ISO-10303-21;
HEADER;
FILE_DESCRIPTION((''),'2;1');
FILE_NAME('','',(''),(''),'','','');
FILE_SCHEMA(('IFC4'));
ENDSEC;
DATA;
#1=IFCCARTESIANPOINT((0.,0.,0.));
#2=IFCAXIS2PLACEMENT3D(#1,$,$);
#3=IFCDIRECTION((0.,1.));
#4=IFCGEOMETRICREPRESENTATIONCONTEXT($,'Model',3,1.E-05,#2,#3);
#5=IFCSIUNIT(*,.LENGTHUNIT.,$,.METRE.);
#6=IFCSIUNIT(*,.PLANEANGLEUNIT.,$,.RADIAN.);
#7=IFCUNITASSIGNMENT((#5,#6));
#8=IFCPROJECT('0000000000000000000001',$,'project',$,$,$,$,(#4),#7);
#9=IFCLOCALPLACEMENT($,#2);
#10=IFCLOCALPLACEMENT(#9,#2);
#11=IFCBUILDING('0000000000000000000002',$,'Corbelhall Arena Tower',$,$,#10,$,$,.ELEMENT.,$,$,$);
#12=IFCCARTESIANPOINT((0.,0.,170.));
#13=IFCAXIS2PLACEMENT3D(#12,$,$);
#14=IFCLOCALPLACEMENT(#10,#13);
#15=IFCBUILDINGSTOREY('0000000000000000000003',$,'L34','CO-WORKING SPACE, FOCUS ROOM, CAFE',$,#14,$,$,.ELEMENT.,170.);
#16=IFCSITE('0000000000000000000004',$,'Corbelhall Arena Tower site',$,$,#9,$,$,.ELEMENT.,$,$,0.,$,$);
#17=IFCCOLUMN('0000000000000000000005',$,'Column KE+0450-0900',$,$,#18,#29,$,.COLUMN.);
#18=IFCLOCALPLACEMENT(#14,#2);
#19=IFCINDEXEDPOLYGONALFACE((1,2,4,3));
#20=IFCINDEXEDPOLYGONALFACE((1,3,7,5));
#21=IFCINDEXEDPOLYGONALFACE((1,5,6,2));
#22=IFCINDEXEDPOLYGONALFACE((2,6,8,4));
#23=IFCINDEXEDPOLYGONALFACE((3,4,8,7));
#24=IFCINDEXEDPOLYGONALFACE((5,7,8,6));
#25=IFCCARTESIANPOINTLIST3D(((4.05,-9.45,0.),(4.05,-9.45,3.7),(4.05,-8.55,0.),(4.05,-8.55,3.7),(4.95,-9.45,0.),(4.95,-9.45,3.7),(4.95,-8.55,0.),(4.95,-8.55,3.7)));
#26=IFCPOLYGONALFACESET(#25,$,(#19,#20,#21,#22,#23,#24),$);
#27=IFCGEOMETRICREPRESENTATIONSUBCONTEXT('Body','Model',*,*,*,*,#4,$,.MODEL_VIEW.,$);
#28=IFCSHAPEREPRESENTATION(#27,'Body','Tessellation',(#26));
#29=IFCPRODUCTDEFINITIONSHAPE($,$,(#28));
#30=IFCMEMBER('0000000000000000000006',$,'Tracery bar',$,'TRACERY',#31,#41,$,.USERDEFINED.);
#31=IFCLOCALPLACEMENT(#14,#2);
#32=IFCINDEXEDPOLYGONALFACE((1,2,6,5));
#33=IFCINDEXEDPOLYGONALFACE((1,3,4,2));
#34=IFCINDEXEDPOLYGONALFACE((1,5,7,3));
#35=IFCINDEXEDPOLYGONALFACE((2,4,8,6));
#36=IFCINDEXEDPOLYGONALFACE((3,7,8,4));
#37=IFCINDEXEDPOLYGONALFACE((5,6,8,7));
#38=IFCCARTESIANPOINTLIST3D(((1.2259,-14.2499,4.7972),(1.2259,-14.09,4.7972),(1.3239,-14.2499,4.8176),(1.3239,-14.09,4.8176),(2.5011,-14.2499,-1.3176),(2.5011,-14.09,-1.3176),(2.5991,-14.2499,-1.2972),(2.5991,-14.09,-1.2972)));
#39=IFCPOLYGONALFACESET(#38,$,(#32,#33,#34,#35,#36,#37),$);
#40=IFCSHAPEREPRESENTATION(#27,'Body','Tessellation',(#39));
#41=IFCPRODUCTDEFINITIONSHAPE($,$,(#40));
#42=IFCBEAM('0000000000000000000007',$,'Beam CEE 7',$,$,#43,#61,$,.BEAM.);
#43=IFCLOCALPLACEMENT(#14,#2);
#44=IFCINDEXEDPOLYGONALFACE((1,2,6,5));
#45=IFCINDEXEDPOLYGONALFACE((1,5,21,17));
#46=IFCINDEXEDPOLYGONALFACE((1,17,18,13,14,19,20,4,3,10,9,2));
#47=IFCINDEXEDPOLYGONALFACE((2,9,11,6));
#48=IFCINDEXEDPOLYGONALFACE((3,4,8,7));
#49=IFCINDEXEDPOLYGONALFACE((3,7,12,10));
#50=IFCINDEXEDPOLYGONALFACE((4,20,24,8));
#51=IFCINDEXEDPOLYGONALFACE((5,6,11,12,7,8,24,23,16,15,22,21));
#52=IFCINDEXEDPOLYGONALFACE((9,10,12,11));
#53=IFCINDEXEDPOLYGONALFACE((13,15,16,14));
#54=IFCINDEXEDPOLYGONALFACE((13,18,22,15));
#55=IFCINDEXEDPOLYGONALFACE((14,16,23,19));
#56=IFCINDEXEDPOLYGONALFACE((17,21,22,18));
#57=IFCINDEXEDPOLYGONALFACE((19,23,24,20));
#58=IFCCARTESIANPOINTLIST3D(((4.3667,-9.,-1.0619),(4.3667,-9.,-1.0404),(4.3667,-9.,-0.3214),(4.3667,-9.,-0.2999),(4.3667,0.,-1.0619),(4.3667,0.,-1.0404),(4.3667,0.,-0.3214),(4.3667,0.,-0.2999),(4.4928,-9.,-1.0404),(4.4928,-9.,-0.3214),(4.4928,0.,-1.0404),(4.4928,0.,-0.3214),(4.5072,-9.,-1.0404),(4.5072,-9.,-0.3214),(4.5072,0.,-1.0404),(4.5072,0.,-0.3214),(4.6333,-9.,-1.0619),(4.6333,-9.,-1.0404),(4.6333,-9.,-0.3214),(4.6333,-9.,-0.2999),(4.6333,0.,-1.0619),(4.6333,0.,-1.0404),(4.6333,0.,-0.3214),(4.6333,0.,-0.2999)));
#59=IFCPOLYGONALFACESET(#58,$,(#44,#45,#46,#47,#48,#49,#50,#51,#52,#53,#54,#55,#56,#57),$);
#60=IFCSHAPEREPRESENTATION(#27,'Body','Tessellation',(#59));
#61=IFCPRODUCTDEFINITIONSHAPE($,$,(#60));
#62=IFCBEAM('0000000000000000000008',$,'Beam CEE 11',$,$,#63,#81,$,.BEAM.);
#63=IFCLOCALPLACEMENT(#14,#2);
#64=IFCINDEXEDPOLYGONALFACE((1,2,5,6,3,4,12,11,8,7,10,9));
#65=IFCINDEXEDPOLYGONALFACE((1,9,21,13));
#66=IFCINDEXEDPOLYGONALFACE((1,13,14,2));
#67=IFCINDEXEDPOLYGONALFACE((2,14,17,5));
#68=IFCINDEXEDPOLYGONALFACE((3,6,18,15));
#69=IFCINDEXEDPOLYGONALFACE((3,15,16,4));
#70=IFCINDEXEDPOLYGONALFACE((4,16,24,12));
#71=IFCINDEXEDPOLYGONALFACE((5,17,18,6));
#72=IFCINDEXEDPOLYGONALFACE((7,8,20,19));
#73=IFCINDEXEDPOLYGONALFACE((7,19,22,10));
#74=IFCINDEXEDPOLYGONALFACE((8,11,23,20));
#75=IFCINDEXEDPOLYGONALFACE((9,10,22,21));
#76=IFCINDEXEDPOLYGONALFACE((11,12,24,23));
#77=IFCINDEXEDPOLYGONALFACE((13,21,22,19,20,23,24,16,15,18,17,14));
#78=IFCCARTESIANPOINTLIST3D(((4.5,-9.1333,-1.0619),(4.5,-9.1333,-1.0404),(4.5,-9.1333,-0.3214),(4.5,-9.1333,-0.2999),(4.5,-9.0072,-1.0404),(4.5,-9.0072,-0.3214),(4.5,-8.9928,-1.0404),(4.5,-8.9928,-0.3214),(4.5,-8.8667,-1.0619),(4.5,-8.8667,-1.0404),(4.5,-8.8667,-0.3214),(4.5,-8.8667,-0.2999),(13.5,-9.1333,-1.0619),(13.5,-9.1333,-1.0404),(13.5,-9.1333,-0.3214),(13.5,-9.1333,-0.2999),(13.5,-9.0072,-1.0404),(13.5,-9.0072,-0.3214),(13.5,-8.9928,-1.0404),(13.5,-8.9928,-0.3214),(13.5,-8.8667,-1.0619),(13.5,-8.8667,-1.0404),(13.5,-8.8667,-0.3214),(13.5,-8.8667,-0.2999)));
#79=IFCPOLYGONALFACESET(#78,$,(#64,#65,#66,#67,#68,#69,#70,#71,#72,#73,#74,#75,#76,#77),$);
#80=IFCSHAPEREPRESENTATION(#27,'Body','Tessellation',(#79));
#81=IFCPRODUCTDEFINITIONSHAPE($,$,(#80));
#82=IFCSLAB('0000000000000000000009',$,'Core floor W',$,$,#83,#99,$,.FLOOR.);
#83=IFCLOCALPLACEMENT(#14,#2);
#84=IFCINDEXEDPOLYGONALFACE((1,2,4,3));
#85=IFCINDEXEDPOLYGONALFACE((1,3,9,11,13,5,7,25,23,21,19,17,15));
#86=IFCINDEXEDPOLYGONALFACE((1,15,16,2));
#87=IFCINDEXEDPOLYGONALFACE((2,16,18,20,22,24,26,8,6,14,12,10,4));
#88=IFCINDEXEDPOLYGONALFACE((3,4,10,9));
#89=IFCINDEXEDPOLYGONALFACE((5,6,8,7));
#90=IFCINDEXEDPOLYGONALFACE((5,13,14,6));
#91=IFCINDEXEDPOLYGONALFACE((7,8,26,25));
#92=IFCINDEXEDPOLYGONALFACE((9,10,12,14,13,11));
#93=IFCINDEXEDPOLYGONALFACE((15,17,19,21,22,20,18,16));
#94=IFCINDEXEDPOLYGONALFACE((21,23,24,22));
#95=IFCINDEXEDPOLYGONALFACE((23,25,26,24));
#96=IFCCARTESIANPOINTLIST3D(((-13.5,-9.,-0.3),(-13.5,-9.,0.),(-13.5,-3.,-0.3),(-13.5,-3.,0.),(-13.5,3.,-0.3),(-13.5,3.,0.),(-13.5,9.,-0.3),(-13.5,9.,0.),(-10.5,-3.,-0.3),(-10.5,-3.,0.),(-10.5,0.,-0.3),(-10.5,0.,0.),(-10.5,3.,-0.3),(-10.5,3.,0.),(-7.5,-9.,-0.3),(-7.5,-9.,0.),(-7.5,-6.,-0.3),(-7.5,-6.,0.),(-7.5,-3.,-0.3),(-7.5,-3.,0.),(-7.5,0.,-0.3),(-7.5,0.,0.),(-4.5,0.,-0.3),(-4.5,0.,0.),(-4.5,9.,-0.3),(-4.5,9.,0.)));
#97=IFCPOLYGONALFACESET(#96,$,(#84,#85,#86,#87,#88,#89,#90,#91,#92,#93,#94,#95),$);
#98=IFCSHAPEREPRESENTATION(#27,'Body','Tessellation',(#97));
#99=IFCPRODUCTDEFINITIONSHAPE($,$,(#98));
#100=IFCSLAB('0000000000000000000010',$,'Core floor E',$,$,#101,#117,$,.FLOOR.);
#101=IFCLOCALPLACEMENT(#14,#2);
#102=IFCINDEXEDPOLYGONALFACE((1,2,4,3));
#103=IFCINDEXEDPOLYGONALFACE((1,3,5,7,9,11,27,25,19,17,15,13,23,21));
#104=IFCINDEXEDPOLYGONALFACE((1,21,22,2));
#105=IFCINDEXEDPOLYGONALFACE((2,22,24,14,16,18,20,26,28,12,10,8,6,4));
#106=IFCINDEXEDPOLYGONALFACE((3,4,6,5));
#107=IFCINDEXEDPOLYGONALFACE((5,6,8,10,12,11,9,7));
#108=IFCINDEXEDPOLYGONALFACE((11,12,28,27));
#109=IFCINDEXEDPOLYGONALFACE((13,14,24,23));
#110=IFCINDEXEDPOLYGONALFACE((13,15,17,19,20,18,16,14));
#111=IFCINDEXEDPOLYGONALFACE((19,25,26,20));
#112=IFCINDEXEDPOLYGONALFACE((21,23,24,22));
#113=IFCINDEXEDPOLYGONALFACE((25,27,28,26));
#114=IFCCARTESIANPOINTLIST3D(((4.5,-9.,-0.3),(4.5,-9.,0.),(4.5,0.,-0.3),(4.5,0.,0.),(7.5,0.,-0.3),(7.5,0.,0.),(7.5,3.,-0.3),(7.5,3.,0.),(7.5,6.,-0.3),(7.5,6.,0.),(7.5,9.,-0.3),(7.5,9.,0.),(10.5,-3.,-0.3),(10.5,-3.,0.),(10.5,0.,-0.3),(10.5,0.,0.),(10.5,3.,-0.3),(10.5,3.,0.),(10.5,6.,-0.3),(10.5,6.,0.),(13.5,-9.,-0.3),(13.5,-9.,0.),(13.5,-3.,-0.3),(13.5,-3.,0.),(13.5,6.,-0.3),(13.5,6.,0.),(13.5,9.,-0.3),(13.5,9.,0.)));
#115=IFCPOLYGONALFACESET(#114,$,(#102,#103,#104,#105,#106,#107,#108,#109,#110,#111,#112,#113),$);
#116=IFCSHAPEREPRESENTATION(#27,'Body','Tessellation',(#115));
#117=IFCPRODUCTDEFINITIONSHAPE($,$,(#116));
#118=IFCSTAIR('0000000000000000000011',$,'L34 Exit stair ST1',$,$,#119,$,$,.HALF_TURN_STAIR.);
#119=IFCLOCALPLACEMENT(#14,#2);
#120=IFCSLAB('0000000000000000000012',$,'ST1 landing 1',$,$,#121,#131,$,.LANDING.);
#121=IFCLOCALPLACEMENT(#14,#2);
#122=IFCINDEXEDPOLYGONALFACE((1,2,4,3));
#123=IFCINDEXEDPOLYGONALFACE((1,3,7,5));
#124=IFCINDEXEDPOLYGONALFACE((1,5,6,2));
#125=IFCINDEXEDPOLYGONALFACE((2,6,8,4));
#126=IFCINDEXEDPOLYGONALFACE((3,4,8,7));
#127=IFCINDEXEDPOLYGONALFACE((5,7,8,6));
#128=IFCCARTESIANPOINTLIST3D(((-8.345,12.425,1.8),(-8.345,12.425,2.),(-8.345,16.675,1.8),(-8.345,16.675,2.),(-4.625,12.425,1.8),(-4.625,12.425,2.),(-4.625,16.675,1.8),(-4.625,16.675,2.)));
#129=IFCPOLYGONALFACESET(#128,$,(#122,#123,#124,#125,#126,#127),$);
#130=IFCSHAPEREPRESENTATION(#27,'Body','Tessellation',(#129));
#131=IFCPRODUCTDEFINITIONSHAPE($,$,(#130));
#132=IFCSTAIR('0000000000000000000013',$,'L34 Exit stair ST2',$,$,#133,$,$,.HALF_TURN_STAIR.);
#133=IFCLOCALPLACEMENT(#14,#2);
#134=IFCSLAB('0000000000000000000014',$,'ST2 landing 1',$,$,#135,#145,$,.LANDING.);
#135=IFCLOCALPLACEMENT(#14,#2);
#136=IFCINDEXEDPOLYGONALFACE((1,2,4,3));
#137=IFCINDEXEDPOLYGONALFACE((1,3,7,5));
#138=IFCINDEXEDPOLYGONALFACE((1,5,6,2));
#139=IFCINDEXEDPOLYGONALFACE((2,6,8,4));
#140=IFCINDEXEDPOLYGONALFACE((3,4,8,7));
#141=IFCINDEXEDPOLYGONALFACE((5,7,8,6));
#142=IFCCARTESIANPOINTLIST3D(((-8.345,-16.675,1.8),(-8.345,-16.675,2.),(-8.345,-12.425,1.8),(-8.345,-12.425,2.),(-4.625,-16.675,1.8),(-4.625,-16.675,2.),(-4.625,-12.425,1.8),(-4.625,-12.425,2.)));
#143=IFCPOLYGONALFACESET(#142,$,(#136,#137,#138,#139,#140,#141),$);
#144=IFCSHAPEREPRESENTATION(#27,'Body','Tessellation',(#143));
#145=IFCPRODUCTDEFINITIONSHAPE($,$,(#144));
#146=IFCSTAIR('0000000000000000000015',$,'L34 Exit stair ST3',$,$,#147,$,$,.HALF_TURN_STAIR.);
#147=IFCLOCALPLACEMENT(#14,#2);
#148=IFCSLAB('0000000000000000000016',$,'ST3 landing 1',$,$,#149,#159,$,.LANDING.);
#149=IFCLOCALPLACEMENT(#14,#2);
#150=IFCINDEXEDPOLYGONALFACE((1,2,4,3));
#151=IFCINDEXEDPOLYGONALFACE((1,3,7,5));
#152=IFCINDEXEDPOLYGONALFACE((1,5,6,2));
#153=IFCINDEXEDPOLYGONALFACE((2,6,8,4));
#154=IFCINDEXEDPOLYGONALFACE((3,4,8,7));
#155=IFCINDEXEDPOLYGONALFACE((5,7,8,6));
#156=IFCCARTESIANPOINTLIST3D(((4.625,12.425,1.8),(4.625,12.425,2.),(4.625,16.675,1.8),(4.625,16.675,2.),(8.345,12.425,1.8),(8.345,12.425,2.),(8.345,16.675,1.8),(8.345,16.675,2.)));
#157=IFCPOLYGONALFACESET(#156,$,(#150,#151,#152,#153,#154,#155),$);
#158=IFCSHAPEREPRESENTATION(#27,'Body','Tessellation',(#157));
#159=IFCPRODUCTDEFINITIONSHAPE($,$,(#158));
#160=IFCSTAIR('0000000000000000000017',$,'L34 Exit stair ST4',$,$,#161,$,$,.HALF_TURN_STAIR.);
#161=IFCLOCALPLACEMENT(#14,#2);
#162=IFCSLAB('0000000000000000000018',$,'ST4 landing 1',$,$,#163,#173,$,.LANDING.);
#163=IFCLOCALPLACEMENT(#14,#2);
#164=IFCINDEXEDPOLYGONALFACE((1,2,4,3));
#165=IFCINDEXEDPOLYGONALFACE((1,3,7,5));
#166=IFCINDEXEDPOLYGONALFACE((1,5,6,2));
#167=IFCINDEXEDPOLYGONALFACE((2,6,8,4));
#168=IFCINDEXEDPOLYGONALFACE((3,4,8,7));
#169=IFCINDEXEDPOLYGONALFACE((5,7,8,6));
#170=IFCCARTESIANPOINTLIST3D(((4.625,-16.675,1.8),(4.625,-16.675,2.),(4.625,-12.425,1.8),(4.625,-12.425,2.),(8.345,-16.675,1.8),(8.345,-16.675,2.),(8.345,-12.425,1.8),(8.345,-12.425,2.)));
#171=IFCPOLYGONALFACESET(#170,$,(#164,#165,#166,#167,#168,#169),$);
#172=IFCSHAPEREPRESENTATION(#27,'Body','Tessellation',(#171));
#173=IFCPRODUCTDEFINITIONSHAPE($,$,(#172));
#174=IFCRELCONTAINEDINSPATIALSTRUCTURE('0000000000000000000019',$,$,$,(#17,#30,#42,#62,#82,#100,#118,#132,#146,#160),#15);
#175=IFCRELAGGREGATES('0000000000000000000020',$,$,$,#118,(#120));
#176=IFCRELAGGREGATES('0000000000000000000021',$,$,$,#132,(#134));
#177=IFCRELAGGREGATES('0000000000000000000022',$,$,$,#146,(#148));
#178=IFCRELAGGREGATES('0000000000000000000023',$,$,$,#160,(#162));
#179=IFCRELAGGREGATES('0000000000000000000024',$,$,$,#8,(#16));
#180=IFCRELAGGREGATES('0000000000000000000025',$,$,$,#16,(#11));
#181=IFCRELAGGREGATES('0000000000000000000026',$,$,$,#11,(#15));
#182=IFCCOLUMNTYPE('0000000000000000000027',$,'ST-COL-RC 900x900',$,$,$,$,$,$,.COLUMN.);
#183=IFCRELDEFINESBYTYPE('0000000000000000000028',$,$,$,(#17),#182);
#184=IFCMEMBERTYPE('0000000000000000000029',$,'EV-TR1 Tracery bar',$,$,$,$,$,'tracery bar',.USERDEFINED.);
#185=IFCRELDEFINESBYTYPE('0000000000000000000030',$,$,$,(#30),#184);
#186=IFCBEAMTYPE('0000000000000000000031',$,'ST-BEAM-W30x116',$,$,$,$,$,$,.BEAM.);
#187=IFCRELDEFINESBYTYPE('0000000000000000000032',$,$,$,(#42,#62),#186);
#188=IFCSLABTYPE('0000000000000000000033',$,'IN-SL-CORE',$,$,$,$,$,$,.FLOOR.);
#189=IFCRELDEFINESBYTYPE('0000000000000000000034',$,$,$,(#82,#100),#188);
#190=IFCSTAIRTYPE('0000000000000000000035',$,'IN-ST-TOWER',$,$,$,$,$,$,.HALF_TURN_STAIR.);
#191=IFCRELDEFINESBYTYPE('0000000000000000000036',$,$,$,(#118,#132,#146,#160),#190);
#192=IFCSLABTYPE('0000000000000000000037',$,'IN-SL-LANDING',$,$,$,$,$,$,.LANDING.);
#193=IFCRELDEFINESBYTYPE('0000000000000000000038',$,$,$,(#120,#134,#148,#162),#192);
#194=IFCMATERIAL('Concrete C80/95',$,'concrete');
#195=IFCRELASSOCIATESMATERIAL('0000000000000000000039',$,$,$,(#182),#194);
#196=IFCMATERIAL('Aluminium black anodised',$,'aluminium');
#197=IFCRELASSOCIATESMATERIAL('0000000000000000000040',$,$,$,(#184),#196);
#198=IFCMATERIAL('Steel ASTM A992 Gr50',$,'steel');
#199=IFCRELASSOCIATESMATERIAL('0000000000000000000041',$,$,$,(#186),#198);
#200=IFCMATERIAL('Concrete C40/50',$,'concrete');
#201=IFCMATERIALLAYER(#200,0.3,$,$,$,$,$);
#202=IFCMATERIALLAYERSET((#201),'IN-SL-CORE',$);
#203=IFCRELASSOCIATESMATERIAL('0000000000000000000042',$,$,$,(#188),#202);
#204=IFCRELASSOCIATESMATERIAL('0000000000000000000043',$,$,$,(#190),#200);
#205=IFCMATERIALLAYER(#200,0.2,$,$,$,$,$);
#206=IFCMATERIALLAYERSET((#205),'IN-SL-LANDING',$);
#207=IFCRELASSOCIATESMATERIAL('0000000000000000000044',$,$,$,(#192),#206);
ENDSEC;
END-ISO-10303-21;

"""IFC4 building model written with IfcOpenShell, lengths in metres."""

from ifc_helpers import new_model, si_unit, direction, frame, origin, origin_2d, place, context, subcontext, project, spatial, polyline, rectangle, i_section, outline, extrude, material, layer, layer_set, material_profile, profile_set, type_object, element, aggregate, save


model = new_model("IFC4")

# Units and contexts
model_context = context("Model", 3, precision=1e-05, world=origin(), true_north=direction((0.0, 1.0)))
body_context = subcontext(model_context, "Body", "Model", "MODEL_VIEW")
ifc_project = project(units=[si_unit("LENGTHUNIT", "METRE"), si_unit("PLANEANGLEUNIT", "RADIAN")], contexts=[model_context])

# Site, building, storey
site_placement = place(None, origin())
site = spatial("IfcSite", under=ifc_project, at=site_placement, Name="Corbelhall Arena Tower site", CompositionType="ELEMENT", RefElevation=0.0)
building_placement = place(site_placement, origin())
building = spatial("IfcBuilding", under=site, at=building_placement, Name="Corbelhall Arena Tower", CompositionType="ELEMENT")
storey_placement = place(building_placement, frame((0.0, 0.0, 170.0)))
storey = spatial("IfcBuildingStorey", under=building, at=storey_placement, Name="L34", Description="CO-WORKING SPACE, FOCUS ROOM, CAFE", CompositionType="ELEMENT", Elevation=170.0)

# Column
ifc_material_1 = material(Name="Concrete C80/95", Category="concrete")
ifc_material_profile_1 = material_profile(ifc_material_1, rectangle(XDim=0.8999, YDim=0.8999, at=origin_2d()))
ifc_profile_set_1 = profile_set([ifc_material_profile_1], Name="Concrete C80/95")
column_type = type_object("IfcColumnType", Name="ST-COL-RC 900x900", PredefinedType="COLUMN", material=ifc_profile_set_1)
column_placement = place(storey_placement, frame((4.5, -9.0, 0.0), z_axis=(0.0, 0.0, 1.0), x_axis=(1.0, 0.0, 0.0)))
element("IfcColumn", 1, at=column_placement, inside=storey, type_object=column_type, Name="Column KE+0450-0900", PredefinedType="COLUMN", context=body_context, shape_type="SweptSolid", body=[
    extrude(rectangle(XDim=0.8999, YDim=0.8999, at=origin_2d()), origin(), (0.0, 0.0, 1.0), 3.7),
])

# Member
ifc_material_2 = material(Name="Aluminium black anodised", Category="aluminium")
ifc_material_profile_2 = material_profile(ifc_material_2, rectangle(XDim=0.1599, YDim=0.1001, at=origin_2d()))
ifc_profile_set_2 = profile_set([ifc_material_profile_2], Name="Aluminium black anodised")
member_type = type_object("IfcMemberType", Name="EV-TR1 Tracery bar", ElementType="tracery bar", PredefinedType="USERDEFINED", material=ifc_profile_set_2)
member_placement = place(storey_placement, frame((1.2749, -14.1699, 4.8074), z_axis=(0.204145, 0.0, -0.978941), x_axis=(0.0, 1.0, 0.0)))
element("IfcMember", 2, at=member_placement, inside=storey, type_object=member_type, Name="Tracery bar", ObjectType="TRACERY", PredefinedType="USERDEFINED", context=body_context, shape_type="SweptSolid", body=[
    extrude(rectangle(XDim=0.1599, YDim=0.1001, at=origin_2d()), origin(), (0.0, 0.0, 1.0), 6.2463),
])

# Beams
ifc_material_3 = material(Name="Steel ASTM A992 Gr50", Category="steel")
ifc_material_profile_3 = material_profile(ifc_material_3, i_section(OverallWidth=0.2666, OverallDepth=0.762, WebThickness=0.0144, FlangeThickness=0.0215, at=origin_2d()))
ifc_profile_set_3 = profile_set([ifc_material_profile_3], Name="Steel ASTM A992 Gr50")
beam_type = type_object("IfcBeamType", Name="ST-BEAM-W30x116", PredefinedType="BEAM", material=ifc_profile_set_3)
for number, where, z_axis, x_axis, name in (
    (3, (4.5, -9.0, -0.6809), (0.0, 1.0, 0.0), (-1.0, 0.0, 0.0), "Beam CEE 7"),
    (4, (4.5, -9.0, -0.6809), (1.0, 0.0, 0.0), (0.0, 1.0, 0.0), "Beam CEE 11"),
):
    element("IfcBeam", number, at=place(storey_placement, frame(where, z_axis=z_axis, x_axis=x_axis)), inside=storey, type_object=beam_type, Name=name, PredefinedType="BEAM", context=body_context, shape_type="SweptSolid", body=[
        extrude(i_section(OverallWidth=0.2666, OverallDepth=0.762, WebThickness=0.0144, FlangeThickness=0.0215, at=origin_2d()), origin(), (0.0, 0.0, 1.0), 9.0),
    ])

# Slabs
ifc_material_4 = material(Name="Concrete C40/50", Category="concrete")
ifc_layer_1 = layer(ifc_material_4, 0.3)
ifc_layer_set_1 = layer_set([ifc_layer_1], Name="IN-SL-CORE")
slab_type_1 = type_object("IfcSlabType", Name="IN-SL-CORE", PredefinedType="FLOOR", material=ifc_layer_set_1)
slab_1_placement = place(storey_placement, frame((0.0, 0.0, -0.3)))
element("IfcSlab", 5, at=slab_1_placement, inside=storey, type_object=slab_type_1, Name="Core floor W", PredefinedType="FLOOR", context=body_context, shape_type="SweptSolid", body=[
    extrude(outline(polyline([(-7.5, 0.0), (-4.5, 0.0), (-4.5, 9.0), (-13.5, 9.0), (-13.5, 3.0), (-10.5, 3.0), (-10.5, 0.0), (-10.5, -3.0), (-13.5, -3.0), (-13.5, -9.0), (-7.5, -9.0), (-7.5, -6.0), (-7.5, -3.0), (-7.5, 0.0)])), origin(), (0.0, 0.0, 1.0), 0.3),
])
slab_2_placement = place(storey_placement, frame((0.0, 0.0, -0.3)))
element("IfcSlab", 6, at=slab_2_placement, inside=storey, type_object=slab_type_1, Name="Core floor E", PredefinedType="FLOOR", context=body_context, shape_type="SweptSolid", body=[
    extrude(outline(polyline([(7.5, 0.0), (4.5, 0.0), (4.5, -9.0), (13.5, -9.0), (13.5, -3.0), (10.5, -3.0), (10.5, 0.0), (10.5, 3.0), (10.5, 6.0), (13.5, 6.0), (13.5, 9.0), (7.5, 9.0), (7.5, 6.0), (7.5, 3.0), (7.5, 0.0)])), origin(), (0.0, 0.0, 1.0), 0.3),
])

# Stairs, slabs
stair_type = type_object("IfcStairType", Name="IN-ST-TOWER", PredefinedType="HALF_TURN_STAIR", material=ifc_material_4)
stair_1_placement = place(storey_placement, origin())
stair_1 = element("IfcStair", 7, at=stair_1_placement, inside=storey, type_object=stair_type, Name="L34 Exit stair ST1", PredefinedType="HALF_TURN_STAIR")
ifc_layer_2 = layer(ifc_material_4, 0.2)
ifc_layer_set_2 = layer_set([ifc_layer_2], Name="IN-SL-LANDING")
slab_type_2 = type_object("IfcSlabType", Name="IN-SL-LANDING", PredefinedType="LANDING", material=ifc_layer_set_2)
slab_3_placement = place(storey_placement, frame((0.0, 0.0, 1.8)))
slab_3 = element("IfcSlab", 8, at=slab_3_placement, type_object=slab_type_2, Name="ST1 landing 1", PredefinedType="LANDING", context=body_context, shape_type="SweptSolid", body=[
    extrude(outline(polyline([(-8.345, 12.425), (-4.625, 12.425), (-4.625, 16.675), (-8.345, 16.675), (-8.345, 12.425)])), origin(), (0.0, 0.0, 1.0), 0.2),
])
aggregate(stair_1, [slab_3])
stair_2_placement = place(storey_placement, origin())
stair_2 = element("IfcStair", 9, at=stair_2_placement, inside=storey, type_object=stair_type, Name="L34 Exit stair ST2", PredefinedType="HALF_TURN_STAIR")
slab_4_placement = place(storey_placement, frame((0.0, 0.0, 1.8)))
slab_4 = element("IfcSlab", 10, at=slab_4_placement, type_object=slab_type_2, Name="ST2 landing 1", PredefinedType="LANDING", context=body_context, shape_type="SweptSolid", body=[
    extrude(outline(polyline([(-8.345, -16.675), (-4.625, -16.675), (-4.625, -12.425), (-8.345, -12.425), (-8.345, -16.675)])), origin(), (0.0, 0.0, 1.0), 0.2),
])
aggregate(stair_2, [slab_4])
stair_3_placement = place(storey_placement, origin())
stair_3 = element("IfcStair", 11, at=stair_3_placement, inside=storey, type_object=stair_type, Name="L34 Exit stair ST3", PredefinedType="HALF_TURN_STAIR")
slab_5_placement = place(storey_placement, frame((0.0, 0.0, 1.8)))
slab_5 = element("IfcSlab", 12, at=slab_5_placement, type_object=slab_type_2, Name="ST3 landing 1", PredefinedType="LANDING", context=body_context, shape_type="SweptSolid", body=[
    extrude(outline(polyline([(8.345, 16.675), (4.625, 16.675), (4.625, 12.425), (8.345, 12.425), (8.345, 16.675)])), origin(), (0.0, 0.0, 1.0), 0.2),
])
aggregate(stair_3, [slab_5])
stair_4_placement = place(storey_placement, origin())
stair_4 = element("IfcStair", 13, at=stair_4_placement, inside=storey, type_object=stair_type, Name="L34 Exit stair ST4", PredefinedType="HALF_TURN_STAIR")
slab_6_placement = place(storey_placement, frame((0.0, 0.0, 1.8)))
slab_6 = element("IfcSlab", 14, at=slab_6_placement, type_object=slab_type_2, Name="ST4 landing 1", PredefinedType="LANDING", context=body_context, shape_type="SweptSolid", body=[
    extrude(outline(polyline([(8.345, -12.425), (4.625, -12.425), (4.625, -16.675), (8.345, -16.675), (8.345, -12.425)])), origin(), (0.0, 0.0, 1.0), 0.2),
])
aggregate(stair_4, [slab_6])

save(model, "model.ifc")
